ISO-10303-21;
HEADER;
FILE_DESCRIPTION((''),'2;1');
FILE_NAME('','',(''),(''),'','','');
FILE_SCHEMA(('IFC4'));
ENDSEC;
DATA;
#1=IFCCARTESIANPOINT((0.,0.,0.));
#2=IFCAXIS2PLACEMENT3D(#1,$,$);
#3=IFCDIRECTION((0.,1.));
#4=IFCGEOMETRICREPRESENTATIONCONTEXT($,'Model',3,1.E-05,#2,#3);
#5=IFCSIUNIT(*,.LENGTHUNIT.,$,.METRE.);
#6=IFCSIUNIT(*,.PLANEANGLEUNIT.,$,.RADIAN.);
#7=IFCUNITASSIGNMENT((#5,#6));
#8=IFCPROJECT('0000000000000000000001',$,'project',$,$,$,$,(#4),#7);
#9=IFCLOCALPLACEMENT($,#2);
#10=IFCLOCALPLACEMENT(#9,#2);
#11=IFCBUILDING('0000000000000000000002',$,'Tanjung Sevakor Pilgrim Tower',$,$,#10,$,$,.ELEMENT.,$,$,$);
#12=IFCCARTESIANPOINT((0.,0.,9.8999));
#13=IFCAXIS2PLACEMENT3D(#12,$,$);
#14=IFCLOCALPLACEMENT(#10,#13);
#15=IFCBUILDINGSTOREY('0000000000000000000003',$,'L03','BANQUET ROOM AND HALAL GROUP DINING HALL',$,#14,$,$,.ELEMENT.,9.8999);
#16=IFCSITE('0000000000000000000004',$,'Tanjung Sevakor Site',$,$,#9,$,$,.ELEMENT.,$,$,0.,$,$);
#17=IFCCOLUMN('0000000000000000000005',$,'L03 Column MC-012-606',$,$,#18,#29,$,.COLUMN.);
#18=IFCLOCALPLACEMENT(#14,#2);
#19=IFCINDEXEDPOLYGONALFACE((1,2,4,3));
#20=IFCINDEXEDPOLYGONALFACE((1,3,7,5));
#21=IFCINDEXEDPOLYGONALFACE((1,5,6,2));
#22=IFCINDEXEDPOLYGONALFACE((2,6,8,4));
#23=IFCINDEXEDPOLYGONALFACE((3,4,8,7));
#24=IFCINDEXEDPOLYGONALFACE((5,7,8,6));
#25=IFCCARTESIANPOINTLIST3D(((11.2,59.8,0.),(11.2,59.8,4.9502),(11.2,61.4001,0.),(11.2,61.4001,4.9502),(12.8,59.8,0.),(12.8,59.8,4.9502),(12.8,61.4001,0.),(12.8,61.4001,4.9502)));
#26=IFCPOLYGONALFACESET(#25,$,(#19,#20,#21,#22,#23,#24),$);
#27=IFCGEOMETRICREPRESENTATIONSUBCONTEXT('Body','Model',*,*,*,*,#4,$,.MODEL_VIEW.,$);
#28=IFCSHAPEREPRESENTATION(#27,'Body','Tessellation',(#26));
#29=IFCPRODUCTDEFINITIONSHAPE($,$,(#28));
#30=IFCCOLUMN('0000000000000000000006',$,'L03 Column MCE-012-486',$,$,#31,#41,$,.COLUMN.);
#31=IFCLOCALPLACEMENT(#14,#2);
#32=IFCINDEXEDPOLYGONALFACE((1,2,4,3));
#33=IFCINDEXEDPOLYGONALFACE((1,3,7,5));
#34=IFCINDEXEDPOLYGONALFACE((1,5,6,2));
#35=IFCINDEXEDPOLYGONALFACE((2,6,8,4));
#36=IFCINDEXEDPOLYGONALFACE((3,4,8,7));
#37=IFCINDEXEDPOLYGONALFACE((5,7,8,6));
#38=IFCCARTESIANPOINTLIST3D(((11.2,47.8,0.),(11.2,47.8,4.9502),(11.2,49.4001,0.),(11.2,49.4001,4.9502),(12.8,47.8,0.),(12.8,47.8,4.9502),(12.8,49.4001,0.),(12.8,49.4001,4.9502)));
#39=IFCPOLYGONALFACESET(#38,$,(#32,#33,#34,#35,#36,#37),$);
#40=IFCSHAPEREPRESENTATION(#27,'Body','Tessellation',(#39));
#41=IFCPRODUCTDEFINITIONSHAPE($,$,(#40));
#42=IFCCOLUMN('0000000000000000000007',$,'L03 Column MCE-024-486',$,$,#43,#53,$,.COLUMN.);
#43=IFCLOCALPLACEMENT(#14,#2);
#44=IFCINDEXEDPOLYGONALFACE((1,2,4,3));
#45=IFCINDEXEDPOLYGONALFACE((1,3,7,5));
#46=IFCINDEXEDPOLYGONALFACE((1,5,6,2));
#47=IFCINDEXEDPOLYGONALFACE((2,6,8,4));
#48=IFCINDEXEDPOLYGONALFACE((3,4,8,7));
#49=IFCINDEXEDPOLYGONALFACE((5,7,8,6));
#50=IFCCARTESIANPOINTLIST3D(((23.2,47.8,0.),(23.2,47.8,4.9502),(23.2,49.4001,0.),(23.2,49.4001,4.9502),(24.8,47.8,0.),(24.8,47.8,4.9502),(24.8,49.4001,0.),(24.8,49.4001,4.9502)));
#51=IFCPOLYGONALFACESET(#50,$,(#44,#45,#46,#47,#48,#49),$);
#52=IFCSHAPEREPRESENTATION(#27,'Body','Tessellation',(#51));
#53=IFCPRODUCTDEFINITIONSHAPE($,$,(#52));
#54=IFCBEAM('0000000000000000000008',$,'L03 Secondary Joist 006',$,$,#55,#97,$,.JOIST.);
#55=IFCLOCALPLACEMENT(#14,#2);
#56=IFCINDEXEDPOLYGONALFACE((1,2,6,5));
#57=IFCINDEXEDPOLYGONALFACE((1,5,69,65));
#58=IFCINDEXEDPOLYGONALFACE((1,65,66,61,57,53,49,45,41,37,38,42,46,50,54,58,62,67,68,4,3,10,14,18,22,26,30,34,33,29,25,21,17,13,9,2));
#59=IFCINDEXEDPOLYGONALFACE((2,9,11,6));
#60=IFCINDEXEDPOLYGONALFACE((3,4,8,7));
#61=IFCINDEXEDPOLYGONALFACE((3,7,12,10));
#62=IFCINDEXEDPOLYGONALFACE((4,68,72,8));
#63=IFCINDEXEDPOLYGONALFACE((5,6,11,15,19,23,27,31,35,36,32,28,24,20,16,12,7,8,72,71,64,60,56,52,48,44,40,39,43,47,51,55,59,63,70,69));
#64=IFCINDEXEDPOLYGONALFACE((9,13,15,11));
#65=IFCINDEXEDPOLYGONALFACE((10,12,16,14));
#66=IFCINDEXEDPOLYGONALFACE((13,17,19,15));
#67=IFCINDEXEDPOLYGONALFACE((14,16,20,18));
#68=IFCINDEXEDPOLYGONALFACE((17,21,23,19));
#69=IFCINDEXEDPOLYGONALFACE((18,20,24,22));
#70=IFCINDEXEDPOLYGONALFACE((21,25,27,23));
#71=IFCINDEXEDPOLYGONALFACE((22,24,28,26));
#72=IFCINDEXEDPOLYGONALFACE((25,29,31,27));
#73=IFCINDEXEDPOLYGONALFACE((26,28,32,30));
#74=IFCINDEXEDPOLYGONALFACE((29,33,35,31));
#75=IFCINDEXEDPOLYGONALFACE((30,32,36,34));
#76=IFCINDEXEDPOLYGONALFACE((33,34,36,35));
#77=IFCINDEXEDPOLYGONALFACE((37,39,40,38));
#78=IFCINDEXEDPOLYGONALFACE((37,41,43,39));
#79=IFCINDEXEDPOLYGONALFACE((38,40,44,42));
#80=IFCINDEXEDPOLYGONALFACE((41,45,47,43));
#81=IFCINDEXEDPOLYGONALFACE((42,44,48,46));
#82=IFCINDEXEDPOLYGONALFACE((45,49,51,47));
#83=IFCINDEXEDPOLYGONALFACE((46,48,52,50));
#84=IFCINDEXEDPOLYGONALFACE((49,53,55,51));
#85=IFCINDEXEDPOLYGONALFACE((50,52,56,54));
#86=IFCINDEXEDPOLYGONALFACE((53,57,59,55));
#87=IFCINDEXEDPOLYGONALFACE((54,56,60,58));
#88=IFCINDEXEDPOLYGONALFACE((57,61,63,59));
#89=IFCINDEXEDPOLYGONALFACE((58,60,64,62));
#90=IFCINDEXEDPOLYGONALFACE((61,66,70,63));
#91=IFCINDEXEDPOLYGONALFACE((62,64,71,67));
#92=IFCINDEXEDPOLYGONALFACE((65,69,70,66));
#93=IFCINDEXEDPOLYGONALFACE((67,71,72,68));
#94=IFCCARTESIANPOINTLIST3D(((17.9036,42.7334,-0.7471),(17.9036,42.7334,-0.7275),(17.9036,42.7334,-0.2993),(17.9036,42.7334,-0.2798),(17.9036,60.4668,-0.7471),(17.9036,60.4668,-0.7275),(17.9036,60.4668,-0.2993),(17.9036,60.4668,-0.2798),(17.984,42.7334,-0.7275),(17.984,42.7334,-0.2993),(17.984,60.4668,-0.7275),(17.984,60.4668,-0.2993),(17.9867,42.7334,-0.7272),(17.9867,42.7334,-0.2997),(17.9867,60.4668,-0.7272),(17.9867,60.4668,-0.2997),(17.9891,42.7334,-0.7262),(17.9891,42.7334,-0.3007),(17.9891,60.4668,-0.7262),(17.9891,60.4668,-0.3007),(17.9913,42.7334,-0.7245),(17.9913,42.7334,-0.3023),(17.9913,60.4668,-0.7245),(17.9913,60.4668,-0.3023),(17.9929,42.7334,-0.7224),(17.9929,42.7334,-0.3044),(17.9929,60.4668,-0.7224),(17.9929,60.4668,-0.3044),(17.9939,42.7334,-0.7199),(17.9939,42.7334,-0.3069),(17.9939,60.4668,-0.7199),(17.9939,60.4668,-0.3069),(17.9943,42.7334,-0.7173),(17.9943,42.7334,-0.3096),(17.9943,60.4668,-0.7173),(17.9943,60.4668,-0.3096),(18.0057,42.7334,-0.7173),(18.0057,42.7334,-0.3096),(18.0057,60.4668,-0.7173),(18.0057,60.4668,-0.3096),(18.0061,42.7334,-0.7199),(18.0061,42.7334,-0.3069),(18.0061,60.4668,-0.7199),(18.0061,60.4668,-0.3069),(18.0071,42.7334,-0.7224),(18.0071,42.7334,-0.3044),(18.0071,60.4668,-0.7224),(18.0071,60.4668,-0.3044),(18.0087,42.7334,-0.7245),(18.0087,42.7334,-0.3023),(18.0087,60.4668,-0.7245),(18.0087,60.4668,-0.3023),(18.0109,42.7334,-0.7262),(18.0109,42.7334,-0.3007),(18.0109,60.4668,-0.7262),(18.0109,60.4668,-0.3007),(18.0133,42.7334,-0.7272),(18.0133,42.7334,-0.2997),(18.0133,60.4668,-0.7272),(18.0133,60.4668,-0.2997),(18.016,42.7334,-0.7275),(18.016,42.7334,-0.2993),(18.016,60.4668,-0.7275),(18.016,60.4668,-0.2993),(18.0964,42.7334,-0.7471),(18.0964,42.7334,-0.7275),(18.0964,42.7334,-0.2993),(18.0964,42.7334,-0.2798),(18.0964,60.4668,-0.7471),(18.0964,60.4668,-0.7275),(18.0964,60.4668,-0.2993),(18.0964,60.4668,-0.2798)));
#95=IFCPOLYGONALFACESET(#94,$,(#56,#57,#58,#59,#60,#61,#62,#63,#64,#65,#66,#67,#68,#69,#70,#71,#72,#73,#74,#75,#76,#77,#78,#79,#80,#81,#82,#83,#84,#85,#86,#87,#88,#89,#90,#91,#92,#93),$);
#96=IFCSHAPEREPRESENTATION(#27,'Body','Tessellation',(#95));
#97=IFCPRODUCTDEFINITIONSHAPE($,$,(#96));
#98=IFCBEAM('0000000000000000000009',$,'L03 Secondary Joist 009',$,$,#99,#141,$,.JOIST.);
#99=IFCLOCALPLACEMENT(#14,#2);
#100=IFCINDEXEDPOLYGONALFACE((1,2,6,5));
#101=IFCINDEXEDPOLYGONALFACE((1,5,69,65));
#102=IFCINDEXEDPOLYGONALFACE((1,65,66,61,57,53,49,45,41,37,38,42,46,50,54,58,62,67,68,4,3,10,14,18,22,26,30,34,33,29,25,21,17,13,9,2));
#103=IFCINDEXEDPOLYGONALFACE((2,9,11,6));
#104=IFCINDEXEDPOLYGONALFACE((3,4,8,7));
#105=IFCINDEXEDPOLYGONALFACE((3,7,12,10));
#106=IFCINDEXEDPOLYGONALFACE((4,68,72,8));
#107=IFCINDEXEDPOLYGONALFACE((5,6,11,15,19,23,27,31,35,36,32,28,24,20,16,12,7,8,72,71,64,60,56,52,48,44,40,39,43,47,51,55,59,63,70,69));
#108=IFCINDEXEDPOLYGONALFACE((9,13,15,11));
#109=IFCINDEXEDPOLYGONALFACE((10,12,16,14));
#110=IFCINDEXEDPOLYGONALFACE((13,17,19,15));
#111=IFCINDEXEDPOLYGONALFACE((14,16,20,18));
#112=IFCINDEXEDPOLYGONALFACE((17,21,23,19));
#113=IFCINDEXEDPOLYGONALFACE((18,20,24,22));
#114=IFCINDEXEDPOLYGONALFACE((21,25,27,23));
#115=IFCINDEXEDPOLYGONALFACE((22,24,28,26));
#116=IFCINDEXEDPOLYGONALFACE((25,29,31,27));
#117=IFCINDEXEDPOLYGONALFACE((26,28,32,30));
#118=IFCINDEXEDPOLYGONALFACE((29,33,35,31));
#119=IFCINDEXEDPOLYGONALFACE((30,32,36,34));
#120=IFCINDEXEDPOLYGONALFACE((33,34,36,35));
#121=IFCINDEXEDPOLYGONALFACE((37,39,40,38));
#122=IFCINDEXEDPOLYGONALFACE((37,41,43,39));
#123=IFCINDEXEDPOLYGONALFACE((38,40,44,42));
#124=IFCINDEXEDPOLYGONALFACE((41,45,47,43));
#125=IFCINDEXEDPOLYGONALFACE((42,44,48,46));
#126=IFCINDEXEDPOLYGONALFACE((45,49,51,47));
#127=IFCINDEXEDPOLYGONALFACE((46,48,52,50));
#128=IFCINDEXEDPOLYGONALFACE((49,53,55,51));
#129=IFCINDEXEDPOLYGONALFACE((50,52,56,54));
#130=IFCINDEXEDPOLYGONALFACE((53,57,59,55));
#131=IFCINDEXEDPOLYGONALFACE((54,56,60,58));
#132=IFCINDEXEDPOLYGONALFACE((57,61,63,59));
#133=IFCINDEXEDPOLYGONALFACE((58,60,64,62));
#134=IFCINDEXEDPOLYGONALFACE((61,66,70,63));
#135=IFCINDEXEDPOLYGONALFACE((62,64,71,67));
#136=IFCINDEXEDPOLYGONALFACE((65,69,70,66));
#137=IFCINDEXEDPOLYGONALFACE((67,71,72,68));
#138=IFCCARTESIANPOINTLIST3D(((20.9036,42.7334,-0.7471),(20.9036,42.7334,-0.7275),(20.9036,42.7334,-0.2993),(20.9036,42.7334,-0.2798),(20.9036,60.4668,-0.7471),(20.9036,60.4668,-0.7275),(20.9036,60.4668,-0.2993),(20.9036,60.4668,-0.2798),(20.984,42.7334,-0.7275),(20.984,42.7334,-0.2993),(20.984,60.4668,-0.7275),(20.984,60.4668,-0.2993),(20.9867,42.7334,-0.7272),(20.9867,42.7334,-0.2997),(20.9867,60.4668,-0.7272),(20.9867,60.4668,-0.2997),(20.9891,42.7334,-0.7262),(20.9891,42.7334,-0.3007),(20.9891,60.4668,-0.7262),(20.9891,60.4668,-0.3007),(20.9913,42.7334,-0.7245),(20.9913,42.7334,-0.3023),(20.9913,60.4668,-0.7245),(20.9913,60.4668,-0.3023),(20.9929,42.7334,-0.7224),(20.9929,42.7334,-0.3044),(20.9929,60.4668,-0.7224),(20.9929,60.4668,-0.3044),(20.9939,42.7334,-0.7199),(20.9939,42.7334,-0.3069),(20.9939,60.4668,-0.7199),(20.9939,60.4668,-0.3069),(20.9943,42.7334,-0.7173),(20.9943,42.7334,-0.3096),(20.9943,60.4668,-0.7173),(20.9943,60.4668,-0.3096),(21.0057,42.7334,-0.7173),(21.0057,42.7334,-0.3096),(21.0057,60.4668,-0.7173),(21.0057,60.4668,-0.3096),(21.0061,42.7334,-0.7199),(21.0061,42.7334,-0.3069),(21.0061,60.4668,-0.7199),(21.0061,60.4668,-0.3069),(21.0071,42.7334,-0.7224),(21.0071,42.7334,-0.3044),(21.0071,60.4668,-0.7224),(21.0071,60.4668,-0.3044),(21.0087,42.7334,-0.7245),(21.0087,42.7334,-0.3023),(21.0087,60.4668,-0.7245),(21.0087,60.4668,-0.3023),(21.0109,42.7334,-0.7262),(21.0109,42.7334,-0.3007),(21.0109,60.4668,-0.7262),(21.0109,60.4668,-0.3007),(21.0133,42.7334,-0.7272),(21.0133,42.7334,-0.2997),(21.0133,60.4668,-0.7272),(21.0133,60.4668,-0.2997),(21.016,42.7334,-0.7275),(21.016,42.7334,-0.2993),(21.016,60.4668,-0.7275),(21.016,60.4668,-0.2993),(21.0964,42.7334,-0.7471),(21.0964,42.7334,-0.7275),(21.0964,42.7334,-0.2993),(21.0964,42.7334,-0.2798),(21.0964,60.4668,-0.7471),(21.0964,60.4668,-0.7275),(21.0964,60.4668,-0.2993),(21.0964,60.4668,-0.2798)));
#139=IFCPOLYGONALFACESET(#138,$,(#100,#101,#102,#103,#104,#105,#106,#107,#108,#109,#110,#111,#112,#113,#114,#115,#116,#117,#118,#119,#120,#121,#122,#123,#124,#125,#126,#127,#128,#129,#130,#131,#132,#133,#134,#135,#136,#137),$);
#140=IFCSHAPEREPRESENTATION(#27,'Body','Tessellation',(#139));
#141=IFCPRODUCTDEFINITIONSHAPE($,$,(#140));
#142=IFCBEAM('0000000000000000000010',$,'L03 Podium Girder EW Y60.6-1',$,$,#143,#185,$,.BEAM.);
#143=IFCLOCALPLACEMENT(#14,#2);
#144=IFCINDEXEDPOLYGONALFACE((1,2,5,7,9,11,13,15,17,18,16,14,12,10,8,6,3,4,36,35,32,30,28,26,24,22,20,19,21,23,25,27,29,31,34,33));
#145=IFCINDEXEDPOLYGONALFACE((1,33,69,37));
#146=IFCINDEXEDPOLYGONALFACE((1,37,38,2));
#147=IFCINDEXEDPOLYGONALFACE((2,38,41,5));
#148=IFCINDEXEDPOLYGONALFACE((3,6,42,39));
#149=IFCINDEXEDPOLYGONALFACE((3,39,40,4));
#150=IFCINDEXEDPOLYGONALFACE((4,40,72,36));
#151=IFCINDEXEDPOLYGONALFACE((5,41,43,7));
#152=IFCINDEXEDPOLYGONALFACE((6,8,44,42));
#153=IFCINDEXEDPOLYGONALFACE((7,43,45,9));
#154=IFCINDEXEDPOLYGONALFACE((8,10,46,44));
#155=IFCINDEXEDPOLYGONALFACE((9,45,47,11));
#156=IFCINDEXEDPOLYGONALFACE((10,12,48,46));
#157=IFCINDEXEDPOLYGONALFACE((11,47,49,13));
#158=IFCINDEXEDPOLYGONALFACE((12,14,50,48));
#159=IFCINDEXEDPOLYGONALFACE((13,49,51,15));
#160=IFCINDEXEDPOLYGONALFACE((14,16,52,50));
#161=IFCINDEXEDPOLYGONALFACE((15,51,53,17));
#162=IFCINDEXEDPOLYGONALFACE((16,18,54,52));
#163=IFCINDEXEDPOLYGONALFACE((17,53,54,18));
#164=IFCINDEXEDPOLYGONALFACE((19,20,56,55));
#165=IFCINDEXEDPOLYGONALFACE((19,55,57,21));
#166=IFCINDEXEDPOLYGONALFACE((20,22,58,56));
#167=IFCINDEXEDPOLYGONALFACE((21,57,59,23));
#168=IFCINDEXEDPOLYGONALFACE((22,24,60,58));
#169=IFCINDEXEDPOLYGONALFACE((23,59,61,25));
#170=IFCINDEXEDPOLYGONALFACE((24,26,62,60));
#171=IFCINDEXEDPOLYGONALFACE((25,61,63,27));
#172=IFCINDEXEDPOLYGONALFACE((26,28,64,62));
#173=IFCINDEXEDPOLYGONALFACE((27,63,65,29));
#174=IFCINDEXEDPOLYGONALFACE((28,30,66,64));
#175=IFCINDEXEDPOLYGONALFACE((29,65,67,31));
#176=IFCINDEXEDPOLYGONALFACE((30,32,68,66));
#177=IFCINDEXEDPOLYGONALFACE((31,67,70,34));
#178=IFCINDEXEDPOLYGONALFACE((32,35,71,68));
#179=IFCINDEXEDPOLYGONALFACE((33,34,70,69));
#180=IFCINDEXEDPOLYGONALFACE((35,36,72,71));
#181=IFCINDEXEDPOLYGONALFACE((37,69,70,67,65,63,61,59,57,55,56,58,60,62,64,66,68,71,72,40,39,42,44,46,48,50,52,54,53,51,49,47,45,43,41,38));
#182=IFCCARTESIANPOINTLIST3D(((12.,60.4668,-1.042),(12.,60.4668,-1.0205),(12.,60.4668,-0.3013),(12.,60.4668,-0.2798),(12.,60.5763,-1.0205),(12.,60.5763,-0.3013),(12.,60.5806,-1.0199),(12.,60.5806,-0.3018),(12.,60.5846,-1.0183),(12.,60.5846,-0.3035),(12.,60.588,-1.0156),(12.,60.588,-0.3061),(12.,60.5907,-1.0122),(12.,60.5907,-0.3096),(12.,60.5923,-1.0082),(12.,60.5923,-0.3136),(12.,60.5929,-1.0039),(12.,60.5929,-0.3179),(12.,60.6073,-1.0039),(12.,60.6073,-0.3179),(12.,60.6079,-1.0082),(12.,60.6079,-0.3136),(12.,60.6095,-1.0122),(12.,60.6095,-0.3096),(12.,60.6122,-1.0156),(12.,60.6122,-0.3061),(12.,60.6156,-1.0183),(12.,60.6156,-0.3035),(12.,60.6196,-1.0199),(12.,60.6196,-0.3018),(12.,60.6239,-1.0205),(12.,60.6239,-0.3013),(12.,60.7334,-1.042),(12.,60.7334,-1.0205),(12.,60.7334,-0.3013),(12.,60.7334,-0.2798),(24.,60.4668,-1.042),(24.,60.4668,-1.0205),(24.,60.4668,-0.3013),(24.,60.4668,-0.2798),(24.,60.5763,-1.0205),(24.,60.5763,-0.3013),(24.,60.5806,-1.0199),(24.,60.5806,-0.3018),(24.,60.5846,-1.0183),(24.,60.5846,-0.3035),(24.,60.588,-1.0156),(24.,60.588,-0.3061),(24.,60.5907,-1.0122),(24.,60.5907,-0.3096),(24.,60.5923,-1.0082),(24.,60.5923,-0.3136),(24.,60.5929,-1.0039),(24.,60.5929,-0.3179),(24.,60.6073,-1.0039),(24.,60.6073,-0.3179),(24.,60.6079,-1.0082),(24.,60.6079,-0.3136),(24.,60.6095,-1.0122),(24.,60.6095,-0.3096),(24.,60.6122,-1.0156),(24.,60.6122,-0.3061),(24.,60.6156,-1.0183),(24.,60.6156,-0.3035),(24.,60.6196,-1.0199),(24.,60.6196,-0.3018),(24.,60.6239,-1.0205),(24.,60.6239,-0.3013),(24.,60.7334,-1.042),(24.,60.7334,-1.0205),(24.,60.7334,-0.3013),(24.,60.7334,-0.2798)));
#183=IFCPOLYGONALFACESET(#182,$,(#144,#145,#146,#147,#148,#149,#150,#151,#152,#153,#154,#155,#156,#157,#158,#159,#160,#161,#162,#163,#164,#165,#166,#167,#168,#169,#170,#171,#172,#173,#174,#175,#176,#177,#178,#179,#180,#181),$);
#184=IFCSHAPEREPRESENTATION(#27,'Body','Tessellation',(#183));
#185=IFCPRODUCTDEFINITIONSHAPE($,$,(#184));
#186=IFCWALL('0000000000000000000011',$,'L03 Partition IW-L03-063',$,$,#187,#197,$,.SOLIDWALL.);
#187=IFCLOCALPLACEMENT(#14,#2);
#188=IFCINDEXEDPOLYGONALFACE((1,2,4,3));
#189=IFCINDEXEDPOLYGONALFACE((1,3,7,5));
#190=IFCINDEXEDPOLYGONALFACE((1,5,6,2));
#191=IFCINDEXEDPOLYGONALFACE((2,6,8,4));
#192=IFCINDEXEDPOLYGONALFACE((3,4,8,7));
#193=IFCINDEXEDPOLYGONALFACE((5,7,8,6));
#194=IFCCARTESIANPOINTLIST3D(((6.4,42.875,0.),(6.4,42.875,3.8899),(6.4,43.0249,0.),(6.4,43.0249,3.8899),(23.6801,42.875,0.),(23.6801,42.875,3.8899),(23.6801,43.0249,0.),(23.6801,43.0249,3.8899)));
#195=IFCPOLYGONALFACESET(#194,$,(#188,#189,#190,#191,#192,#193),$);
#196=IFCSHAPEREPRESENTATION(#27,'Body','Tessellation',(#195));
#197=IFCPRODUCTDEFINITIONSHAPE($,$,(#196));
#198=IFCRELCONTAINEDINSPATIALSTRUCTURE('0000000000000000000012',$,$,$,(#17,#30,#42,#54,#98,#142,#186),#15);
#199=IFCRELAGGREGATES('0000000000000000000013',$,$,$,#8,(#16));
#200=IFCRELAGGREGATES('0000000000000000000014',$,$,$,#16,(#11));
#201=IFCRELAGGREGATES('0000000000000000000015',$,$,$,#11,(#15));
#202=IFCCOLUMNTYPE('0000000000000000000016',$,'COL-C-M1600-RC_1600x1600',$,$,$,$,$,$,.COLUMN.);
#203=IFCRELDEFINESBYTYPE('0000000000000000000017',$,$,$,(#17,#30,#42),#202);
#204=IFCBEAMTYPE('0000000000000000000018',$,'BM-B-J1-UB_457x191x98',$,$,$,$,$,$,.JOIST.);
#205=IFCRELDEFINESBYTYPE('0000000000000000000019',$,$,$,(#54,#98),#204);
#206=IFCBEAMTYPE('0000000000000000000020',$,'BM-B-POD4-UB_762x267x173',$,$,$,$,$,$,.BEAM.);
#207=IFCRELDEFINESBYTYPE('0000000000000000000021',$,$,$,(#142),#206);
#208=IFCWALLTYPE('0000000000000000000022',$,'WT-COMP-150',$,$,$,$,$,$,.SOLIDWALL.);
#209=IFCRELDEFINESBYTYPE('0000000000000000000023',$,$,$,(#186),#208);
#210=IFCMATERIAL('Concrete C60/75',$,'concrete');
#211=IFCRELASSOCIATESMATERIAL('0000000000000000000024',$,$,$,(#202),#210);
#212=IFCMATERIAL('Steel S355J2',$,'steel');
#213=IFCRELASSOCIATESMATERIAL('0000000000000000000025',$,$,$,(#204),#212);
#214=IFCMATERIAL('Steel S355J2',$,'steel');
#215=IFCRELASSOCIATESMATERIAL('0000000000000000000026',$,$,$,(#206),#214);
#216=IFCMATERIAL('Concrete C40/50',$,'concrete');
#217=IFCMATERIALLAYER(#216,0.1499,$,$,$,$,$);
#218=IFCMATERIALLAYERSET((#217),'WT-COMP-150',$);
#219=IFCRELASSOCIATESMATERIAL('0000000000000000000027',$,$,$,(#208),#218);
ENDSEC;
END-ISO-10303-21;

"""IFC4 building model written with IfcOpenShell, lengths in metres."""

from ifc_helpers import new_model, si_unit, direction, frame, frame_2d, origin, origin_2d, place, context, subcontext, project, spatial, rectangle, i_section, extrude, material, layer, layer_set, material_profile, profile_set, type_object, element, save


model = new_model("IFC4")

# Units and contexts
model_context = context("Model", 3, precision=1e-05, world=origin(), true_north=direction((0.0, 1.0)))
body_context = subcontext(model_context, "Body", "Model", "MODEL_VIEW")
ifc_project = project(units=[si_unit("LENGTHUNIT", "METRE"), si_unit("PLANEANGLEUNIT", "RADIAN")], contexts=[model_context])

# Site, building, storey
site_placement = place(None, origin())
site = spatial("IfcSite", under=ifc_project, at=site_placement, Name="Tanjung Sevakor Site", CompositionType="ELEMENT", RefElevation=0.0)
building_placement = place(site_placement, origin())
building = spatial("IfcBuilding", under=site, at=building_placement, Name="Tanjung Sevakor Pilgrim Tower", CompositionType="ELEMENT")
storey_placement = place(building_placement, frame((0.0, 0.0, 9.8999)))
storey = spatial("IfcBuildingStorey", under=building, at=storey_placement, Name="L03", Description="BANQUET ROOM AND HALAL GROUP DINING HALL", CompositionType="ELEMENT", Elevation=9.8999)

# Columns
ifc_material_1 = material(Name="Concrete C60/75", Category="concrete")
ifc_material_profile_1 = material_profile(ifc_material_1, rectangle(XDim=1.6001, YDim=1.6001, at=origin_2d()))
ifc_profile_set_1 = profile_set([ifc_material_profile_1], Name="Concrete C60/75")
column_type = type_object("IfcColumnType", Name="COL-C-M1600-RC_1600x1600", PredefinedType="COLUMN", material=ifc_profile_set_1)
for number, where, z_axis, x_axis, name in (
    (1, (12.0, 60.6001, 0.0), (0.0, 0.0, 1.0), (1.0, 0.0, 0.0), "L03 Column MC-012-606"),
    (2, (12.0, 48.6001, 0.0), (0.0, 0.0, 1.0), (1.0, 0.0, 0.0), "L03 Column MCE-012-486"),
    (3, (24.0, 48.6001, 0.0), (0.0, 0.0, 1.0), (1.0, 0.0, 0.0), "L03 Column MCE-024-486"),
):
    element("IfcColumn", number, at=place(storey_placement, frame(where, z_axis=z_axis, x_axis=x_axis)), inside=storey, type_object=column_type, Name=name, PredefinedType="COLUMN", context=body_context, shape_type="SweptSolid", body=[
        extrude(rectangle(XDim=1.6001, YDim=1.6001, at=origin_2d()), origin(), (0.0, 0.0, 1.0), 4.9502),
    ])

# Beams
ifc_material_2 = material(Name="Steel S355J2", Category="steel")
ifc_material_profile_2 = material_profile(ifc_material_2, i_section(OverallWidth=0.1929, OverallDepth=0.4673, WebThickness=0.0115, FlangeThickness=0.0195, FilletRadius=0.0103, at=origin_2d()))
ifc_profile_set_2 = profile_set([ifc_material_profile_2], Name="Steel S355J2")
beam_type_1 = type_object("IfcBeamType", Name="BM-B-J1-UB_457x191x98", PredefinedType="JOIST", material=ifc_profile_set_2)
for number, where, z_axis, x_axis, name in (
    (4, (18.0, 42.7334, -0.5134), (0.0, 1.0, 0.0), (-1.0, 0.0, 0.0), "L03 Secondary Joist 006"),
    (5, (21.0, 42.7334, -0.5134), (0.0, 1.0, 0.0), (-1.0, 0.0, 0.0), "L03 Secondary Joist 009"),
):
    element("IfcBeam", number, at=place(storey_placement, frame(where, z_axis=z_axis, x_axis=x_axis)), inside=storey, type_object=beam_type_1, Name=name, PredefinedType="JOIST", context=body_context, shape_type="SweptSolid", body=[
        extrude(i_section(OverallWidth=0.1929, OverallDepth=0.4673, WebThickness=0.0115, FlangeThickness=0.0195, FilletRadius=0.0103, at=origin_2d()), origin(), (0.0, 0.0, 1.0), 17.7334),
    ])
ifc_material_3 = material(Name="Steel S355J2", Category="steel")
ifc_material_profile_3 = material_profile(ifc_material_3, i_section(OverallWidth=0.2666, OverallDepth=0.7622, WebThickness=0.0144, FlangeThickness=0.0215, FilletRadius=0.0166, at=origin_2d()))
ifc_profile_set_3 = profile_set([ifc_material_profile_3], Name="Steel S355J2")
beam_type_2 = type_object("IfcBeamType", Name="BM-B-POD4-UB_762x267x173", PredefinedType="BEAM", material=ifc_profile_set_3)
beam_placement = place(storey_placement, frame((12.0, 60.6001, -0.6609), z_axis=(1.0, 0.0, 0.0), x_axis=(0.0, 1.0, 0.0)))
element("IfcBeam", 6, at=beam_placement, inside=storey, type_object=beam_type_2, Name="L03 Podium Girder EW Y60.6-1", PredefinedType="BEAM", context=body_context, shape_type="SweptSolid", body=[
    extrude(i_section(OverallWidth=0.2666, OverallDepth=0.7622, WebThickness=0.0144, FlangeThickness=0.0215, FilletRadius=0.0166, at=origin_2d()), origin(), (0.0, 0.0, 1.0), 12.0),
])

# Wall
ifc_material_4 = material(Name="Concrete C40/50", Category="concrete")
ifc_layer_1 = layer(ifc_material_4, 0.1499)
ifc_layer_set_1 = layer_set([ifc_layer_1], Name="WT-COMP-150")
wall_type_1 = type_object("IfcWallType", Name="WT-COMP-150", PredefinedType="SOLIDWALL", material=ifc_layer_set_1)
wall_1_placement = place(storey_placement, frame((6.3999, 42.95, 0.0), z_axis=(0.0, 0.0, 1.0), x_axis=(1.0, 0.0, 0.0)))
element("IfcWall", 7, at=wall_1_placement, inside=storey, type_object=wall_type_1, Name="L03 Partition IW-L03-063", PredefinedType="SOLIDWALL", context=body_context, shape_type="SweptSolid", body=[
    extrude(rectangle(XDim=17.28, YDim=0.1499, at=frame_2d((8.6401, 0.0))), origin(), (0.0, 0.0, 1.0), 3.8899),
])

save(model, "model.ifc")
